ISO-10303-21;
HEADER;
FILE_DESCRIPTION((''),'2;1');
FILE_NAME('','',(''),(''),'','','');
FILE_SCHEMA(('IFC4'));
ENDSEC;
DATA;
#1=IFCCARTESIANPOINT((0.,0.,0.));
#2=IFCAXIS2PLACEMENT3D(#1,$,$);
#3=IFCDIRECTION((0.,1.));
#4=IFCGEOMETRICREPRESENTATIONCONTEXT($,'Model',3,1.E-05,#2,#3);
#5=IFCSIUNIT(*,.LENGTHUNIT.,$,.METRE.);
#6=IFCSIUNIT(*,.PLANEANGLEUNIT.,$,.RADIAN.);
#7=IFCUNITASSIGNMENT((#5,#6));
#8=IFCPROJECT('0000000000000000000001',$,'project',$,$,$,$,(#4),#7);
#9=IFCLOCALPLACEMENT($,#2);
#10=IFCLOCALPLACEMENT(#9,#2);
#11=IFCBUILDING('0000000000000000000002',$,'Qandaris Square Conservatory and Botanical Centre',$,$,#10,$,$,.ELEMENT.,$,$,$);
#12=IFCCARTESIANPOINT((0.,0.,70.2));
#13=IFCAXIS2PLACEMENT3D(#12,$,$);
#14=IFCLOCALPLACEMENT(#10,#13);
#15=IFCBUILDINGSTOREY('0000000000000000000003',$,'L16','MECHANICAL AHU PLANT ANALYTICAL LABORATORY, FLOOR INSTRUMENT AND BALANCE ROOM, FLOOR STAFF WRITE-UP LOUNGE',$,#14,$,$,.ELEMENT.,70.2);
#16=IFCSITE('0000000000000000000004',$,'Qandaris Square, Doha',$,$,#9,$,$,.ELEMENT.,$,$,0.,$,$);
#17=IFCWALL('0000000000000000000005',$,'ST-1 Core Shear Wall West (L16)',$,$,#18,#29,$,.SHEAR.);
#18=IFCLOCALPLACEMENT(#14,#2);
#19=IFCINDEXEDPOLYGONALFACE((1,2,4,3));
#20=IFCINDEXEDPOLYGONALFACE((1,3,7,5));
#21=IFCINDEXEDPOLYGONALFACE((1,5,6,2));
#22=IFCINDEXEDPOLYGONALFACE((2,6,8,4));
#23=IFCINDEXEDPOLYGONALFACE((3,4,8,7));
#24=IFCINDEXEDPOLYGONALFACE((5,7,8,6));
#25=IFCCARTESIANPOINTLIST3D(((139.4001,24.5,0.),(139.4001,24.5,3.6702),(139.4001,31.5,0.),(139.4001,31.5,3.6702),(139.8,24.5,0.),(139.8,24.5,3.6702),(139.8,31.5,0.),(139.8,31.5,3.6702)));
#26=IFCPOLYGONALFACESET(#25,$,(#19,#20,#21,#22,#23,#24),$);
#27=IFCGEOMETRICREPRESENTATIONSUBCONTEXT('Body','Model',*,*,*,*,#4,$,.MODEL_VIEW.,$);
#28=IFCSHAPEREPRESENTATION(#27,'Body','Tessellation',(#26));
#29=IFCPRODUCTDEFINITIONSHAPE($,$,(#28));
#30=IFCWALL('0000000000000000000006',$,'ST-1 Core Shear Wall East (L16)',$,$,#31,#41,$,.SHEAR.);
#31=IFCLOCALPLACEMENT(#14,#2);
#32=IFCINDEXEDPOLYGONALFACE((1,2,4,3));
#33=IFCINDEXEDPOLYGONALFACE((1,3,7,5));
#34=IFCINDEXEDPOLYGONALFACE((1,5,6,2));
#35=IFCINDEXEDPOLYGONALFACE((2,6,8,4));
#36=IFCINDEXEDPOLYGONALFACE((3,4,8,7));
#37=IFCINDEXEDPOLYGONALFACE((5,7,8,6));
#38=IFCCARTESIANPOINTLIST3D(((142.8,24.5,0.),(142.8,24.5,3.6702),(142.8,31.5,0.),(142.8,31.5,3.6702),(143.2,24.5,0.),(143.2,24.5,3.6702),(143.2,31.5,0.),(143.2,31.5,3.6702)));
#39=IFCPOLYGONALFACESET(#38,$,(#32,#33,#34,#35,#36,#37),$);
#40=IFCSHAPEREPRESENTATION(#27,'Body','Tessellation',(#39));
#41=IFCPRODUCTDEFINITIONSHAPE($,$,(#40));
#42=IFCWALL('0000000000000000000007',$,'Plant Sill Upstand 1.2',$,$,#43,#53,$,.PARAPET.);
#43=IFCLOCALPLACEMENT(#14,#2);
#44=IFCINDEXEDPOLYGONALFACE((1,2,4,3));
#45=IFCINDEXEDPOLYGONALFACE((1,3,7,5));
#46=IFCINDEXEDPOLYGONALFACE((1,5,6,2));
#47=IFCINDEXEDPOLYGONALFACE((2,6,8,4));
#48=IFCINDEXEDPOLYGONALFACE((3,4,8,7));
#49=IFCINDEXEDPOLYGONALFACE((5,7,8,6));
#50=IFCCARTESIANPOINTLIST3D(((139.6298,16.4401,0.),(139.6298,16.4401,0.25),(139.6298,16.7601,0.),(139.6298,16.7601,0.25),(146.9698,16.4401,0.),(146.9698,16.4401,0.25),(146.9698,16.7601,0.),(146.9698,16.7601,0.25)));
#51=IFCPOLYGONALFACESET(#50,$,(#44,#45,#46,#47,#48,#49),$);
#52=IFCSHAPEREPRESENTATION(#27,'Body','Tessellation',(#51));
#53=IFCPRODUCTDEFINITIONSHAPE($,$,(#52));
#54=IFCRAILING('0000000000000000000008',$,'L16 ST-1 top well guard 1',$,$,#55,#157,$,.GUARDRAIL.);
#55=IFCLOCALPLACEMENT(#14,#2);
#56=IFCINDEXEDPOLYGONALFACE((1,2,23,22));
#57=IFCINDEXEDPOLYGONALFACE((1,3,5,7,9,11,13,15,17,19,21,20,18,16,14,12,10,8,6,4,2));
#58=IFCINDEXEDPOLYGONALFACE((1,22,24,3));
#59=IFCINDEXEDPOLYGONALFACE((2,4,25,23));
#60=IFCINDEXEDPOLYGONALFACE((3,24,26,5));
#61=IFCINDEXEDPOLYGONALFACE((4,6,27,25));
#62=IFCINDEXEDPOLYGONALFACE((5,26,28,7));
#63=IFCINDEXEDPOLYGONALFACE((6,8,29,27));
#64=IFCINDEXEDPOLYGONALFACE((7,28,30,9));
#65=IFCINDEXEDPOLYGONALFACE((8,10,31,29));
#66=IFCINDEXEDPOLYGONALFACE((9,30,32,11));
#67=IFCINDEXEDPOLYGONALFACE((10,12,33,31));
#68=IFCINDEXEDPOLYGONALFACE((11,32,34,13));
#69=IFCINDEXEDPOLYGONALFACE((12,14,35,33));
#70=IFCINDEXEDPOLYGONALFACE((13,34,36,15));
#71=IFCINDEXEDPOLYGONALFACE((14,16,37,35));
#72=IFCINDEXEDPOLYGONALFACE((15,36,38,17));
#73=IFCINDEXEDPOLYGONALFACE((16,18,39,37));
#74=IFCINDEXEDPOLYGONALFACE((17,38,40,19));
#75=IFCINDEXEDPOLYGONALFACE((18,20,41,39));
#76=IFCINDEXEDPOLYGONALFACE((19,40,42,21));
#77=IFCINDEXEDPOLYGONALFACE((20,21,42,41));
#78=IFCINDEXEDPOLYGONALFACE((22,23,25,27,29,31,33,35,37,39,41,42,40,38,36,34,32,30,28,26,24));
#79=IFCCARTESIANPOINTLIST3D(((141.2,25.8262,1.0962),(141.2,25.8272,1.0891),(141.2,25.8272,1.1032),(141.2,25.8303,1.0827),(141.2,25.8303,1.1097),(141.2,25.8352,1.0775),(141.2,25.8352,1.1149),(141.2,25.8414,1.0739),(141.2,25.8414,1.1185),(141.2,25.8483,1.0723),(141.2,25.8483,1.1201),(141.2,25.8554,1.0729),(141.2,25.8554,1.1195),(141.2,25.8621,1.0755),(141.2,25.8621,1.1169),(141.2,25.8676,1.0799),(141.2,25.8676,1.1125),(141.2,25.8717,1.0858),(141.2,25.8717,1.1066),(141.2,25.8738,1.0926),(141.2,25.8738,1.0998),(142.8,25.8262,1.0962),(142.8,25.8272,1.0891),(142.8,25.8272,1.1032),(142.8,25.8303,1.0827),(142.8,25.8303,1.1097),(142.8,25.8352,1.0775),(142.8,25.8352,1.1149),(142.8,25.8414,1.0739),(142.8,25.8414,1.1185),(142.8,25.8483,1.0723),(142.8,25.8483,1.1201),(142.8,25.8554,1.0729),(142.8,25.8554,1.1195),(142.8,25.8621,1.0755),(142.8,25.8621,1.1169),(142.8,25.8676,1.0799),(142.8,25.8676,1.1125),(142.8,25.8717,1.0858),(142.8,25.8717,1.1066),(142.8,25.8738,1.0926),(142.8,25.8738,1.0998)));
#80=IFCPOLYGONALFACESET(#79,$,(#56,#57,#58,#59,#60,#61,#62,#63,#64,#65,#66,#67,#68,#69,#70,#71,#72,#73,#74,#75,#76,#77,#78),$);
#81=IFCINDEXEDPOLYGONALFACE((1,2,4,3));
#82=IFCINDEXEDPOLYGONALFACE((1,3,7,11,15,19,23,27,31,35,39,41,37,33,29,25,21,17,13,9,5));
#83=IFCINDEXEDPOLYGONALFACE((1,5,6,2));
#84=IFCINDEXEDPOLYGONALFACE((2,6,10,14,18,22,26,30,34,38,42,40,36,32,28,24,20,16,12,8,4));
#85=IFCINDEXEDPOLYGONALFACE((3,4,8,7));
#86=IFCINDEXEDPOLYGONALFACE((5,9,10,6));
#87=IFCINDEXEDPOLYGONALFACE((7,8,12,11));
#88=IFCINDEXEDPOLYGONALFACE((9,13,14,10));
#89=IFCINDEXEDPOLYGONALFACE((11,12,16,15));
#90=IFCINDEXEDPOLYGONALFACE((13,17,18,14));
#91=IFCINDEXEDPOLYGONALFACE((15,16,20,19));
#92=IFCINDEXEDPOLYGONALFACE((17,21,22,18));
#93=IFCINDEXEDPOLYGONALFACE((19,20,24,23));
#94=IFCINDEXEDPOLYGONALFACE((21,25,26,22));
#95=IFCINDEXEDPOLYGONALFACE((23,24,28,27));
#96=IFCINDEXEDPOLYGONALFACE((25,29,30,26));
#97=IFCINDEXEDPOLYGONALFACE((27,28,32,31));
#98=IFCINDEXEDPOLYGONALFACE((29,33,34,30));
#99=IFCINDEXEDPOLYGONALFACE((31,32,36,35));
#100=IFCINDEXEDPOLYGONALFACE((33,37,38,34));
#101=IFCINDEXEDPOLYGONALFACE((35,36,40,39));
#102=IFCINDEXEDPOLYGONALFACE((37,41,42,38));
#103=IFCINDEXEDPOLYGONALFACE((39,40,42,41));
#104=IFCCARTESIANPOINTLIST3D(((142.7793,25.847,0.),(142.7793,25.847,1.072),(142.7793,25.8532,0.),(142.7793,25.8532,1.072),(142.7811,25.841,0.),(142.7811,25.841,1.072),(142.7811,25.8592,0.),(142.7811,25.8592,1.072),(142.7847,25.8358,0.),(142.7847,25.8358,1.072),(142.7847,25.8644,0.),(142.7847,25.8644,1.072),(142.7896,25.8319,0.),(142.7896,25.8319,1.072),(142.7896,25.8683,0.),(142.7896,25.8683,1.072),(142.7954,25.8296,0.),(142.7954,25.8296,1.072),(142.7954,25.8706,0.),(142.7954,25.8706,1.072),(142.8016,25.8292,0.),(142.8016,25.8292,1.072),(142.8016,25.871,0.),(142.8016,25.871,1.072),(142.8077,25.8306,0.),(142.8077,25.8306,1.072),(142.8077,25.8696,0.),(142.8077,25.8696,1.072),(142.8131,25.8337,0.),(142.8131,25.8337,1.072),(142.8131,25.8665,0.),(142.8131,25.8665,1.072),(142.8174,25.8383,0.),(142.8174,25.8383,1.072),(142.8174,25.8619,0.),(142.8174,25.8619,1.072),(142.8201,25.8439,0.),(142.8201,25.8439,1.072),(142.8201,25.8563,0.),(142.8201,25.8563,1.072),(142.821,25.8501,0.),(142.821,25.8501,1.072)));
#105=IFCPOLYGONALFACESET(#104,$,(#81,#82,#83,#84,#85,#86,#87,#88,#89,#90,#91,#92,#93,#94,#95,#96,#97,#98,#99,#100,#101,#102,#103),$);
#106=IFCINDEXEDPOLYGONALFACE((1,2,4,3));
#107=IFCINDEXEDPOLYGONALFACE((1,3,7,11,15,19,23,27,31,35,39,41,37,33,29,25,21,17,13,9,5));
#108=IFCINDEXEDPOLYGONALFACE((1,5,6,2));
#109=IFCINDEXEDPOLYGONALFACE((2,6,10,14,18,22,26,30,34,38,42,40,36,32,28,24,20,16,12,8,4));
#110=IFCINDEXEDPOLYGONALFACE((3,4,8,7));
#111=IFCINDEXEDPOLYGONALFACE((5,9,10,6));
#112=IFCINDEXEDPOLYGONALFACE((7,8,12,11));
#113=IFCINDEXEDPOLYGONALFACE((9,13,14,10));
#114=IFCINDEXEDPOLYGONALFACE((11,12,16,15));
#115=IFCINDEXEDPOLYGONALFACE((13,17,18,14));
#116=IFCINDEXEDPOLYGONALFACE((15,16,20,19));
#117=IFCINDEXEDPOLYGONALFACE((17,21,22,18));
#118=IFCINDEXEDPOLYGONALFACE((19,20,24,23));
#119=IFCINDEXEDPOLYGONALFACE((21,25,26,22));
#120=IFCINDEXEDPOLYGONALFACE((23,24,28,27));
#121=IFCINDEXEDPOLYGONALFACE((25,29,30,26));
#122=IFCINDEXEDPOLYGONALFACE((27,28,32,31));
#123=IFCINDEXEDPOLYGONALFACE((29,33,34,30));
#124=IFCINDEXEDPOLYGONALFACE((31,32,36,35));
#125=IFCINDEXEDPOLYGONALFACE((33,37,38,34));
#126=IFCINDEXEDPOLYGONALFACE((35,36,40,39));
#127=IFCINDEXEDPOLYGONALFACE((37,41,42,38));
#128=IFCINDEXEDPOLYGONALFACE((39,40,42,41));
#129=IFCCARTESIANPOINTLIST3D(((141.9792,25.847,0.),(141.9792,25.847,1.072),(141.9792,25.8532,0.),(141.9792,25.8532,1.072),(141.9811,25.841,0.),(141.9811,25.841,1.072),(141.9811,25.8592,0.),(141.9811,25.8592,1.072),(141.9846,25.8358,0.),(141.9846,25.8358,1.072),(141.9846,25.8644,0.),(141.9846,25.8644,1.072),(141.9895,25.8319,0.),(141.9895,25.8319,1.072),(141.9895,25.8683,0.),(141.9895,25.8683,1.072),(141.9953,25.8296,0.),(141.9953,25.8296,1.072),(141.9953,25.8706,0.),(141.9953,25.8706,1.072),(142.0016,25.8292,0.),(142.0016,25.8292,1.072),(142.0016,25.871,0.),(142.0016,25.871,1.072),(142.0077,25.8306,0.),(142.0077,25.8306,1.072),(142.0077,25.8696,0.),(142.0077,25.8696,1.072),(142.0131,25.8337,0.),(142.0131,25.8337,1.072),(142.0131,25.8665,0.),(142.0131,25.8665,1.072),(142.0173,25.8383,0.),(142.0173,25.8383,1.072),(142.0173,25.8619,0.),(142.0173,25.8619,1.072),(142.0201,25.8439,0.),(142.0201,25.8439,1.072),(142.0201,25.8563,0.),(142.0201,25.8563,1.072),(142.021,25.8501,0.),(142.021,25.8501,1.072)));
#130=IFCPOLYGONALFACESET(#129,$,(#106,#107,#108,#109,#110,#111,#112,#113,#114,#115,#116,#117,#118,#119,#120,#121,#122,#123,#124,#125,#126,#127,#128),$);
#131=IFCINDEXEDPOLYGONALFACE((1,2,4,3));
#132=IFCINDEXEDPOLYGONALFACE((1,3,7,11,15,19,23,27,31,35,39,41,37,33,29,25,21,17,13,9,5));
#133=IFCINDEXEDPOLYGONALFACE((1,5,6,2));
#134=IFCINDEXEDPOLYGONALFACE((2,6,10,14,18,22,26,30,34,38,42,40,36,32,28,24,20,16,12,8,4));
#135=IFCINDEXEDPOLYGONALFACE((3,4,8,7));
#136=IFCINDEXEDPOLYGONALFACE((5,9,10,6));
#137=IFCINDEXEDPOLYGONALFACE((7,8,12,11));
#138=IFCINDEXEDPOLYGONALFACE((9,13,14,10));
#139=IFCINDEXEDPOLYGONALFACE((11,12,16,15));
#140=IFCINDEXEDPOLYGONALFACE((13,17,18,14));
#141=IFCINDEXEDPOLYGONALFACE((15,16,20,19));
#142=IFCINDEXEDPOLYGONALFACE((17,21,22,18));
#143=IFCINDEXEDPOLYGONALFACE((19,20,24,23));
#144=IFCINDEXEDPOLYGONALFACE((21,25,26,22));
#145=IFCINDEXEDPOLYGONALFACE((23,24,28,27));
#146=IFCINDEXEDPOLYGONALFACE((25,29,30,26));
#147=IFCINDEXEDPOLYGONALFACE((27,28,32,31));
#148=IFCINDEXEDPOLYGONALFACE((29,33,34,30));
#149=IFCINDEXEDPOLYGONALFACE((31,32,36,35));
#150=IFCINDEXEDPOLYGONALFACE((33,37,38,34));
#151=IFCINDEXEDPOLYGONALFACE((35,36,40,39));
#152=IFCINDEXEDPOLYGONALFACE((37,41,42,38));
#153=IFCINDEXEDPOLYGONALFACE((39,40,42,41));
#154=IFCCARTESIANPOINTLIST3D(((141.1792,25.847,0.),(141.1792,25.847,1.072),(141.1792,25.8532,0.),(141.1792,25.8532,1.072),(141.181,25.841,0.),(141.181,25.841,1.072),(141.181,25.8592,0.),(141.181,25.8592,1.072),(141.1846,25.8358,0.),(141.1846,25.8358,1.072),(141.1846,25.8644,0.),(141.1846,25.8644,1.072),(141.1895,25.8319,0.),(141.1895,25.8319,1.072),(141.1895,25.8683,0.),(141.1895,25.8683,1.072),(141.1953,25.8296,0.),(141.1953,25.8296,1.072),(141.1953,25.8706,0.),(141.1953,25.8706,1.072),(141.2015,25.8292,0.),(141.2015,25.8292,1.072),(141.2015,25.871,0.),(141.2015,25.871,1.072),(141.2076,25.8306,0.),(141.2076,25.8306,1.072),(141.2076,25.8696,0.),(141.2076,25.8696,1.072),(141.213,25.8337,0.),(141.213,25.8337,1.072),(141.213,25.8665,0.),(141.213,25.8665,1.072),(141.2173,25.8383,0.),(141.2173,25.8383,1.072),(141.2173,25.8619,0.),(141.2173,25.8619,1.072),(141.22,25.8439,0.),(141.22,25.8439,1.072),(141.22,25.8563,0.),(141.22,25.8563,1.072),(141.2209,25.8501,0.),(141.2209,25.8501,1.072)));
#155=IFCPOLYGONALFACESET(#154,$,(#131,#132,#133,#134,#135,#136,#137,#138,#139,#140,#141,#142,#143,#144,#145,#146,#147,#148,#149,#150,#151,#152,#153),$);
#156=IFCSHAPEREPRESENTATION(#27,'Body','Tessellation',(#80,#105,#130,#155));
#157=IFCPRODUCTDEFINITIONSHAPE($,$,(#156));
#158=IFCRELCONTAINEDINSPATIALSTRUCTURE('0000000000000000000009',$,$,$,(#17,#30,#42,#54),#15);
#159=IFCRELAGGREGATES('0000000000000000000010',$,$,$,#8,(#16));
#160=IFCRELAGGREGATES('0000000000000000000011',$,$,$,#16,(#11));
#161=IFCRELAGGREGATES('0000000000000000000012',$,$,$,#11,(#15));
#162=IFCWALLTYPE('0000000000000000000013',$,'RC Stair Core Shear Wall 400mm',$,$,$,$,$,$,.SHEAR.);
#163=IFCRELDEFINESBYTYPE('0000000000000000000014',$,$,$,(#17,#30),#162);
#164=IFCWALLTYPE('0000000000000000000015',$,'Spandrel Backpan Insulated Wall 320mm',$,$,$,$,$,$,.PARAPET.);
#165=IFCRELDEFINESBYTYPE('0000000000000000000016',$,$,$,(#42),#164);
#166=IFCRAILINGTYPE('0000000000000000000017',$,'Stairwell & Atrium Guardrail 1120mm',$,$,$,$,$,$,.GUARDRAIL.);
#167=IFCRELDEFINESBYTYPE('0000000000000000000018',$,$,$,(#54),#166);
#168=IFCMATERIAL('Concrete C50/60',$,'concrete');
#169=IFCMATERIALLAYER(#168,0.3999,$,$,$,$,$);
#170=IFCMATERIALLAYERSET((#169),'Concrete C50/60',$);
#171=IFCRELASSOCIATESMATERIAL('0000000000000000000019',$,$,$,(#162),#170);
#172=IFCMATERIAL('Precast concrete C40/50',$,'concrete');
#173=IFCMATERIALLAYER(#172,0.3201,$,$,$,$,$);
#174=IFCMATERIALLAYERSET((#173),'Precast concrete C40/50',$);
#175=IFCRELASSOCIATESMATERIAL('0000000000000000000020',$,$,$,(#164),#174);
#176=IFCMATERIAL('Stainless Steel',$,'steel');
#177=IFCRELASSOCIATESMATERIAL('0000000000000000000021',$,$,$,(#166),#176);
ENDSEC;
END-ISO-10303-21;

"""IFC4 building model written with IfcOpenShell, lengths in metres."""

from ifc_helpers import new_model, si_unit, direction, frame, frame_2d, origin, origin_2d, place, context, subcontext, project, spatial, rectangle, circle, extrude, material, layer, layer_set, type_object, element, save


model = new_model("IFC4")

# Units and contexts
model_context = context("Model", 3, precision=1e-05, world=origin(), true_north=direction((0.0, 1.0)))
body_context = subcontext(model_context, "Body", "Model", "MODEL_VIEW")
ifc_project = project(units=[si_unit("LENGTHUNIT", "METRE"), si_unit("PLANEANGLEUNIT", "RADIAN")], contexts=[model_context])

# Site, building, storey
site_placement = place(None, origin())
site = spatial("IfcSite", under=ifc_project, at=site_placement, Name="Qandaris Square, Doha", CompositionType="ELEMENT", RefElevation=0.0)
building_placement = place(site_placement, origin())
building = spatial("IfcBuilding", under=site, at=building_placement, Name="Qandaris Square Conservatory and Botanical Centre", CompositionType="ELEMENT")
storey_placement = place(building_placement, frame((0.0, 0.0, 70.2)))
storey = spatial("IfcBuildingStorey", under=building, at=storey_placement, Name="L16", Description="MECHANICAL AHU PLANT ANALYTICAL LABORATORY, FLOOR INSTRUMENT AND BALANCE ROOM, FLOOR STAFF WRITE-UP LOUNGE", CompositionType="ELEMENT", Elevation=70.2)

# Shared definitions
ifc_material_1 = material(Name="Concrete C50/60", Category="concrete")

# Shared definitions
ifc_layer_1 = layer(ifc_material_1, 0.3999)
ifc_layer_set_1 = layer_set([ifc_layer_1], Name="Concrete C50/60")
wall_type_1 = type_object("IfcWallType", Name="RC Stair Core Shear Wall 400mm", PredefinedType="SHEAR", material=ifc_layer_set_1)

# Walls
for number, where, z_axis, x_axis, name in (
    (1, (139.6001, 24.5, 0.0), (0.0, 0.0, 1.0), (0.0, 1.0, 0.0), "ST-1 Core Shear Wall West (L16)"),
    (2, (143.0, 24.5, 0.0), (0.0, 0.0, 1.0), (0.0, 1.0, 0.0), "ST-1 Core Shear Wall East (L16)"),
):
    element("IfcWall", number, at=place(storey_placement, frame(where, z_axis=z_axis, x_axis=x_axis)), inside=storey, type_object=wall_type_1, Name=name, PredefinedType="SHEAR", context=body_context, shape_type="SweptSolid", body=[
        extrude(rectangle(XDim=7.0, YDim=0.3999, at=frame_2d((3.5, 0.0))), origin(), (0.0, 0.0, 1.0), 3.6702),
    ])
ifc_material_2 = material(Name="Precast concrete C40/50", Category="concrete")
ifc_layer_2 = layer(ifc_material_2, 0.3201)
ifc_layer_set_2 = layer_set([ifc_layer_2], Name="Precast concrete C40/50")
wall_type_2 = type_object("IfcWallType", Name="Spandrel Backpan Insulated Wall 320mm", PredefinedType="PARAPET", material=ifc_layer_set_2)
wall_1_placement = place(storey_placement, frame((139.6299, 16.6001, 0.0), z_axis=(0.0, 0.0, 1.0), x_axis=(1.0, 0.0, 0.0)))
element("IfcWall", 3, at=wall_1_placement, inside=storey, type_object=wall_type_2, Name="Plant Sill Upstand 1.2", PredefinedType="PARAPET", context=body_context, shape_type="SweptSolid", body=[
    extrude(rectangle(XDim=7.3401, YDim=0.3201, at=frame_2d((3.6699, 0.0))), origin(), (0.0, 0.0, 1.0), 0.25),
])

# Railing
ifc_material_3 = material(Name="Stainless Steel", Category="steel")
railing_type = type_object("IfcRailingType", Name="Stairwell & Atrium Guardrail 1120mm", PredefinedType="GUARDRAIL", material=ifc_material_3)
railing_placement = place(storey_placement, frame((142.8, 25.8501, 0.0)))
element("IfcRailing", 4, at=railing_placement, inside=storey, type_object=railing_type, Name="L16 ST-1 top well guard 1", PredefinedType="GUARDRAIL", context=body_context, shape_type="SweptSolid", body=[
    extrude(circle(Radius=0.0239, at=origin_2d()), frame((0.0, 0.0, 1.0962), z_axis=(-1.0, 0.0, 0.0), x_axis=(0.0, -1.0, 0.0)), (0.0, 0.0, 1.0), 1.6001),
    extrude(circle(Radius=0.021, at=origin_2d()), origin(), (0.0, 0.0, 1.0), 1.072),
    extrude(circle(Radius=0.021, at=origin_2d()), frame((-0.8, 0.0, 0.0)), (0.0, 0.0, 1.0), 1.072),
    extrude(circle(Radius=0.021, at=origin_2d()), frame((-1.6001, 0.0, 0.0)), (0.0, 0.0, 1.0), 1.072),
])

save(model, "model.ifc")
